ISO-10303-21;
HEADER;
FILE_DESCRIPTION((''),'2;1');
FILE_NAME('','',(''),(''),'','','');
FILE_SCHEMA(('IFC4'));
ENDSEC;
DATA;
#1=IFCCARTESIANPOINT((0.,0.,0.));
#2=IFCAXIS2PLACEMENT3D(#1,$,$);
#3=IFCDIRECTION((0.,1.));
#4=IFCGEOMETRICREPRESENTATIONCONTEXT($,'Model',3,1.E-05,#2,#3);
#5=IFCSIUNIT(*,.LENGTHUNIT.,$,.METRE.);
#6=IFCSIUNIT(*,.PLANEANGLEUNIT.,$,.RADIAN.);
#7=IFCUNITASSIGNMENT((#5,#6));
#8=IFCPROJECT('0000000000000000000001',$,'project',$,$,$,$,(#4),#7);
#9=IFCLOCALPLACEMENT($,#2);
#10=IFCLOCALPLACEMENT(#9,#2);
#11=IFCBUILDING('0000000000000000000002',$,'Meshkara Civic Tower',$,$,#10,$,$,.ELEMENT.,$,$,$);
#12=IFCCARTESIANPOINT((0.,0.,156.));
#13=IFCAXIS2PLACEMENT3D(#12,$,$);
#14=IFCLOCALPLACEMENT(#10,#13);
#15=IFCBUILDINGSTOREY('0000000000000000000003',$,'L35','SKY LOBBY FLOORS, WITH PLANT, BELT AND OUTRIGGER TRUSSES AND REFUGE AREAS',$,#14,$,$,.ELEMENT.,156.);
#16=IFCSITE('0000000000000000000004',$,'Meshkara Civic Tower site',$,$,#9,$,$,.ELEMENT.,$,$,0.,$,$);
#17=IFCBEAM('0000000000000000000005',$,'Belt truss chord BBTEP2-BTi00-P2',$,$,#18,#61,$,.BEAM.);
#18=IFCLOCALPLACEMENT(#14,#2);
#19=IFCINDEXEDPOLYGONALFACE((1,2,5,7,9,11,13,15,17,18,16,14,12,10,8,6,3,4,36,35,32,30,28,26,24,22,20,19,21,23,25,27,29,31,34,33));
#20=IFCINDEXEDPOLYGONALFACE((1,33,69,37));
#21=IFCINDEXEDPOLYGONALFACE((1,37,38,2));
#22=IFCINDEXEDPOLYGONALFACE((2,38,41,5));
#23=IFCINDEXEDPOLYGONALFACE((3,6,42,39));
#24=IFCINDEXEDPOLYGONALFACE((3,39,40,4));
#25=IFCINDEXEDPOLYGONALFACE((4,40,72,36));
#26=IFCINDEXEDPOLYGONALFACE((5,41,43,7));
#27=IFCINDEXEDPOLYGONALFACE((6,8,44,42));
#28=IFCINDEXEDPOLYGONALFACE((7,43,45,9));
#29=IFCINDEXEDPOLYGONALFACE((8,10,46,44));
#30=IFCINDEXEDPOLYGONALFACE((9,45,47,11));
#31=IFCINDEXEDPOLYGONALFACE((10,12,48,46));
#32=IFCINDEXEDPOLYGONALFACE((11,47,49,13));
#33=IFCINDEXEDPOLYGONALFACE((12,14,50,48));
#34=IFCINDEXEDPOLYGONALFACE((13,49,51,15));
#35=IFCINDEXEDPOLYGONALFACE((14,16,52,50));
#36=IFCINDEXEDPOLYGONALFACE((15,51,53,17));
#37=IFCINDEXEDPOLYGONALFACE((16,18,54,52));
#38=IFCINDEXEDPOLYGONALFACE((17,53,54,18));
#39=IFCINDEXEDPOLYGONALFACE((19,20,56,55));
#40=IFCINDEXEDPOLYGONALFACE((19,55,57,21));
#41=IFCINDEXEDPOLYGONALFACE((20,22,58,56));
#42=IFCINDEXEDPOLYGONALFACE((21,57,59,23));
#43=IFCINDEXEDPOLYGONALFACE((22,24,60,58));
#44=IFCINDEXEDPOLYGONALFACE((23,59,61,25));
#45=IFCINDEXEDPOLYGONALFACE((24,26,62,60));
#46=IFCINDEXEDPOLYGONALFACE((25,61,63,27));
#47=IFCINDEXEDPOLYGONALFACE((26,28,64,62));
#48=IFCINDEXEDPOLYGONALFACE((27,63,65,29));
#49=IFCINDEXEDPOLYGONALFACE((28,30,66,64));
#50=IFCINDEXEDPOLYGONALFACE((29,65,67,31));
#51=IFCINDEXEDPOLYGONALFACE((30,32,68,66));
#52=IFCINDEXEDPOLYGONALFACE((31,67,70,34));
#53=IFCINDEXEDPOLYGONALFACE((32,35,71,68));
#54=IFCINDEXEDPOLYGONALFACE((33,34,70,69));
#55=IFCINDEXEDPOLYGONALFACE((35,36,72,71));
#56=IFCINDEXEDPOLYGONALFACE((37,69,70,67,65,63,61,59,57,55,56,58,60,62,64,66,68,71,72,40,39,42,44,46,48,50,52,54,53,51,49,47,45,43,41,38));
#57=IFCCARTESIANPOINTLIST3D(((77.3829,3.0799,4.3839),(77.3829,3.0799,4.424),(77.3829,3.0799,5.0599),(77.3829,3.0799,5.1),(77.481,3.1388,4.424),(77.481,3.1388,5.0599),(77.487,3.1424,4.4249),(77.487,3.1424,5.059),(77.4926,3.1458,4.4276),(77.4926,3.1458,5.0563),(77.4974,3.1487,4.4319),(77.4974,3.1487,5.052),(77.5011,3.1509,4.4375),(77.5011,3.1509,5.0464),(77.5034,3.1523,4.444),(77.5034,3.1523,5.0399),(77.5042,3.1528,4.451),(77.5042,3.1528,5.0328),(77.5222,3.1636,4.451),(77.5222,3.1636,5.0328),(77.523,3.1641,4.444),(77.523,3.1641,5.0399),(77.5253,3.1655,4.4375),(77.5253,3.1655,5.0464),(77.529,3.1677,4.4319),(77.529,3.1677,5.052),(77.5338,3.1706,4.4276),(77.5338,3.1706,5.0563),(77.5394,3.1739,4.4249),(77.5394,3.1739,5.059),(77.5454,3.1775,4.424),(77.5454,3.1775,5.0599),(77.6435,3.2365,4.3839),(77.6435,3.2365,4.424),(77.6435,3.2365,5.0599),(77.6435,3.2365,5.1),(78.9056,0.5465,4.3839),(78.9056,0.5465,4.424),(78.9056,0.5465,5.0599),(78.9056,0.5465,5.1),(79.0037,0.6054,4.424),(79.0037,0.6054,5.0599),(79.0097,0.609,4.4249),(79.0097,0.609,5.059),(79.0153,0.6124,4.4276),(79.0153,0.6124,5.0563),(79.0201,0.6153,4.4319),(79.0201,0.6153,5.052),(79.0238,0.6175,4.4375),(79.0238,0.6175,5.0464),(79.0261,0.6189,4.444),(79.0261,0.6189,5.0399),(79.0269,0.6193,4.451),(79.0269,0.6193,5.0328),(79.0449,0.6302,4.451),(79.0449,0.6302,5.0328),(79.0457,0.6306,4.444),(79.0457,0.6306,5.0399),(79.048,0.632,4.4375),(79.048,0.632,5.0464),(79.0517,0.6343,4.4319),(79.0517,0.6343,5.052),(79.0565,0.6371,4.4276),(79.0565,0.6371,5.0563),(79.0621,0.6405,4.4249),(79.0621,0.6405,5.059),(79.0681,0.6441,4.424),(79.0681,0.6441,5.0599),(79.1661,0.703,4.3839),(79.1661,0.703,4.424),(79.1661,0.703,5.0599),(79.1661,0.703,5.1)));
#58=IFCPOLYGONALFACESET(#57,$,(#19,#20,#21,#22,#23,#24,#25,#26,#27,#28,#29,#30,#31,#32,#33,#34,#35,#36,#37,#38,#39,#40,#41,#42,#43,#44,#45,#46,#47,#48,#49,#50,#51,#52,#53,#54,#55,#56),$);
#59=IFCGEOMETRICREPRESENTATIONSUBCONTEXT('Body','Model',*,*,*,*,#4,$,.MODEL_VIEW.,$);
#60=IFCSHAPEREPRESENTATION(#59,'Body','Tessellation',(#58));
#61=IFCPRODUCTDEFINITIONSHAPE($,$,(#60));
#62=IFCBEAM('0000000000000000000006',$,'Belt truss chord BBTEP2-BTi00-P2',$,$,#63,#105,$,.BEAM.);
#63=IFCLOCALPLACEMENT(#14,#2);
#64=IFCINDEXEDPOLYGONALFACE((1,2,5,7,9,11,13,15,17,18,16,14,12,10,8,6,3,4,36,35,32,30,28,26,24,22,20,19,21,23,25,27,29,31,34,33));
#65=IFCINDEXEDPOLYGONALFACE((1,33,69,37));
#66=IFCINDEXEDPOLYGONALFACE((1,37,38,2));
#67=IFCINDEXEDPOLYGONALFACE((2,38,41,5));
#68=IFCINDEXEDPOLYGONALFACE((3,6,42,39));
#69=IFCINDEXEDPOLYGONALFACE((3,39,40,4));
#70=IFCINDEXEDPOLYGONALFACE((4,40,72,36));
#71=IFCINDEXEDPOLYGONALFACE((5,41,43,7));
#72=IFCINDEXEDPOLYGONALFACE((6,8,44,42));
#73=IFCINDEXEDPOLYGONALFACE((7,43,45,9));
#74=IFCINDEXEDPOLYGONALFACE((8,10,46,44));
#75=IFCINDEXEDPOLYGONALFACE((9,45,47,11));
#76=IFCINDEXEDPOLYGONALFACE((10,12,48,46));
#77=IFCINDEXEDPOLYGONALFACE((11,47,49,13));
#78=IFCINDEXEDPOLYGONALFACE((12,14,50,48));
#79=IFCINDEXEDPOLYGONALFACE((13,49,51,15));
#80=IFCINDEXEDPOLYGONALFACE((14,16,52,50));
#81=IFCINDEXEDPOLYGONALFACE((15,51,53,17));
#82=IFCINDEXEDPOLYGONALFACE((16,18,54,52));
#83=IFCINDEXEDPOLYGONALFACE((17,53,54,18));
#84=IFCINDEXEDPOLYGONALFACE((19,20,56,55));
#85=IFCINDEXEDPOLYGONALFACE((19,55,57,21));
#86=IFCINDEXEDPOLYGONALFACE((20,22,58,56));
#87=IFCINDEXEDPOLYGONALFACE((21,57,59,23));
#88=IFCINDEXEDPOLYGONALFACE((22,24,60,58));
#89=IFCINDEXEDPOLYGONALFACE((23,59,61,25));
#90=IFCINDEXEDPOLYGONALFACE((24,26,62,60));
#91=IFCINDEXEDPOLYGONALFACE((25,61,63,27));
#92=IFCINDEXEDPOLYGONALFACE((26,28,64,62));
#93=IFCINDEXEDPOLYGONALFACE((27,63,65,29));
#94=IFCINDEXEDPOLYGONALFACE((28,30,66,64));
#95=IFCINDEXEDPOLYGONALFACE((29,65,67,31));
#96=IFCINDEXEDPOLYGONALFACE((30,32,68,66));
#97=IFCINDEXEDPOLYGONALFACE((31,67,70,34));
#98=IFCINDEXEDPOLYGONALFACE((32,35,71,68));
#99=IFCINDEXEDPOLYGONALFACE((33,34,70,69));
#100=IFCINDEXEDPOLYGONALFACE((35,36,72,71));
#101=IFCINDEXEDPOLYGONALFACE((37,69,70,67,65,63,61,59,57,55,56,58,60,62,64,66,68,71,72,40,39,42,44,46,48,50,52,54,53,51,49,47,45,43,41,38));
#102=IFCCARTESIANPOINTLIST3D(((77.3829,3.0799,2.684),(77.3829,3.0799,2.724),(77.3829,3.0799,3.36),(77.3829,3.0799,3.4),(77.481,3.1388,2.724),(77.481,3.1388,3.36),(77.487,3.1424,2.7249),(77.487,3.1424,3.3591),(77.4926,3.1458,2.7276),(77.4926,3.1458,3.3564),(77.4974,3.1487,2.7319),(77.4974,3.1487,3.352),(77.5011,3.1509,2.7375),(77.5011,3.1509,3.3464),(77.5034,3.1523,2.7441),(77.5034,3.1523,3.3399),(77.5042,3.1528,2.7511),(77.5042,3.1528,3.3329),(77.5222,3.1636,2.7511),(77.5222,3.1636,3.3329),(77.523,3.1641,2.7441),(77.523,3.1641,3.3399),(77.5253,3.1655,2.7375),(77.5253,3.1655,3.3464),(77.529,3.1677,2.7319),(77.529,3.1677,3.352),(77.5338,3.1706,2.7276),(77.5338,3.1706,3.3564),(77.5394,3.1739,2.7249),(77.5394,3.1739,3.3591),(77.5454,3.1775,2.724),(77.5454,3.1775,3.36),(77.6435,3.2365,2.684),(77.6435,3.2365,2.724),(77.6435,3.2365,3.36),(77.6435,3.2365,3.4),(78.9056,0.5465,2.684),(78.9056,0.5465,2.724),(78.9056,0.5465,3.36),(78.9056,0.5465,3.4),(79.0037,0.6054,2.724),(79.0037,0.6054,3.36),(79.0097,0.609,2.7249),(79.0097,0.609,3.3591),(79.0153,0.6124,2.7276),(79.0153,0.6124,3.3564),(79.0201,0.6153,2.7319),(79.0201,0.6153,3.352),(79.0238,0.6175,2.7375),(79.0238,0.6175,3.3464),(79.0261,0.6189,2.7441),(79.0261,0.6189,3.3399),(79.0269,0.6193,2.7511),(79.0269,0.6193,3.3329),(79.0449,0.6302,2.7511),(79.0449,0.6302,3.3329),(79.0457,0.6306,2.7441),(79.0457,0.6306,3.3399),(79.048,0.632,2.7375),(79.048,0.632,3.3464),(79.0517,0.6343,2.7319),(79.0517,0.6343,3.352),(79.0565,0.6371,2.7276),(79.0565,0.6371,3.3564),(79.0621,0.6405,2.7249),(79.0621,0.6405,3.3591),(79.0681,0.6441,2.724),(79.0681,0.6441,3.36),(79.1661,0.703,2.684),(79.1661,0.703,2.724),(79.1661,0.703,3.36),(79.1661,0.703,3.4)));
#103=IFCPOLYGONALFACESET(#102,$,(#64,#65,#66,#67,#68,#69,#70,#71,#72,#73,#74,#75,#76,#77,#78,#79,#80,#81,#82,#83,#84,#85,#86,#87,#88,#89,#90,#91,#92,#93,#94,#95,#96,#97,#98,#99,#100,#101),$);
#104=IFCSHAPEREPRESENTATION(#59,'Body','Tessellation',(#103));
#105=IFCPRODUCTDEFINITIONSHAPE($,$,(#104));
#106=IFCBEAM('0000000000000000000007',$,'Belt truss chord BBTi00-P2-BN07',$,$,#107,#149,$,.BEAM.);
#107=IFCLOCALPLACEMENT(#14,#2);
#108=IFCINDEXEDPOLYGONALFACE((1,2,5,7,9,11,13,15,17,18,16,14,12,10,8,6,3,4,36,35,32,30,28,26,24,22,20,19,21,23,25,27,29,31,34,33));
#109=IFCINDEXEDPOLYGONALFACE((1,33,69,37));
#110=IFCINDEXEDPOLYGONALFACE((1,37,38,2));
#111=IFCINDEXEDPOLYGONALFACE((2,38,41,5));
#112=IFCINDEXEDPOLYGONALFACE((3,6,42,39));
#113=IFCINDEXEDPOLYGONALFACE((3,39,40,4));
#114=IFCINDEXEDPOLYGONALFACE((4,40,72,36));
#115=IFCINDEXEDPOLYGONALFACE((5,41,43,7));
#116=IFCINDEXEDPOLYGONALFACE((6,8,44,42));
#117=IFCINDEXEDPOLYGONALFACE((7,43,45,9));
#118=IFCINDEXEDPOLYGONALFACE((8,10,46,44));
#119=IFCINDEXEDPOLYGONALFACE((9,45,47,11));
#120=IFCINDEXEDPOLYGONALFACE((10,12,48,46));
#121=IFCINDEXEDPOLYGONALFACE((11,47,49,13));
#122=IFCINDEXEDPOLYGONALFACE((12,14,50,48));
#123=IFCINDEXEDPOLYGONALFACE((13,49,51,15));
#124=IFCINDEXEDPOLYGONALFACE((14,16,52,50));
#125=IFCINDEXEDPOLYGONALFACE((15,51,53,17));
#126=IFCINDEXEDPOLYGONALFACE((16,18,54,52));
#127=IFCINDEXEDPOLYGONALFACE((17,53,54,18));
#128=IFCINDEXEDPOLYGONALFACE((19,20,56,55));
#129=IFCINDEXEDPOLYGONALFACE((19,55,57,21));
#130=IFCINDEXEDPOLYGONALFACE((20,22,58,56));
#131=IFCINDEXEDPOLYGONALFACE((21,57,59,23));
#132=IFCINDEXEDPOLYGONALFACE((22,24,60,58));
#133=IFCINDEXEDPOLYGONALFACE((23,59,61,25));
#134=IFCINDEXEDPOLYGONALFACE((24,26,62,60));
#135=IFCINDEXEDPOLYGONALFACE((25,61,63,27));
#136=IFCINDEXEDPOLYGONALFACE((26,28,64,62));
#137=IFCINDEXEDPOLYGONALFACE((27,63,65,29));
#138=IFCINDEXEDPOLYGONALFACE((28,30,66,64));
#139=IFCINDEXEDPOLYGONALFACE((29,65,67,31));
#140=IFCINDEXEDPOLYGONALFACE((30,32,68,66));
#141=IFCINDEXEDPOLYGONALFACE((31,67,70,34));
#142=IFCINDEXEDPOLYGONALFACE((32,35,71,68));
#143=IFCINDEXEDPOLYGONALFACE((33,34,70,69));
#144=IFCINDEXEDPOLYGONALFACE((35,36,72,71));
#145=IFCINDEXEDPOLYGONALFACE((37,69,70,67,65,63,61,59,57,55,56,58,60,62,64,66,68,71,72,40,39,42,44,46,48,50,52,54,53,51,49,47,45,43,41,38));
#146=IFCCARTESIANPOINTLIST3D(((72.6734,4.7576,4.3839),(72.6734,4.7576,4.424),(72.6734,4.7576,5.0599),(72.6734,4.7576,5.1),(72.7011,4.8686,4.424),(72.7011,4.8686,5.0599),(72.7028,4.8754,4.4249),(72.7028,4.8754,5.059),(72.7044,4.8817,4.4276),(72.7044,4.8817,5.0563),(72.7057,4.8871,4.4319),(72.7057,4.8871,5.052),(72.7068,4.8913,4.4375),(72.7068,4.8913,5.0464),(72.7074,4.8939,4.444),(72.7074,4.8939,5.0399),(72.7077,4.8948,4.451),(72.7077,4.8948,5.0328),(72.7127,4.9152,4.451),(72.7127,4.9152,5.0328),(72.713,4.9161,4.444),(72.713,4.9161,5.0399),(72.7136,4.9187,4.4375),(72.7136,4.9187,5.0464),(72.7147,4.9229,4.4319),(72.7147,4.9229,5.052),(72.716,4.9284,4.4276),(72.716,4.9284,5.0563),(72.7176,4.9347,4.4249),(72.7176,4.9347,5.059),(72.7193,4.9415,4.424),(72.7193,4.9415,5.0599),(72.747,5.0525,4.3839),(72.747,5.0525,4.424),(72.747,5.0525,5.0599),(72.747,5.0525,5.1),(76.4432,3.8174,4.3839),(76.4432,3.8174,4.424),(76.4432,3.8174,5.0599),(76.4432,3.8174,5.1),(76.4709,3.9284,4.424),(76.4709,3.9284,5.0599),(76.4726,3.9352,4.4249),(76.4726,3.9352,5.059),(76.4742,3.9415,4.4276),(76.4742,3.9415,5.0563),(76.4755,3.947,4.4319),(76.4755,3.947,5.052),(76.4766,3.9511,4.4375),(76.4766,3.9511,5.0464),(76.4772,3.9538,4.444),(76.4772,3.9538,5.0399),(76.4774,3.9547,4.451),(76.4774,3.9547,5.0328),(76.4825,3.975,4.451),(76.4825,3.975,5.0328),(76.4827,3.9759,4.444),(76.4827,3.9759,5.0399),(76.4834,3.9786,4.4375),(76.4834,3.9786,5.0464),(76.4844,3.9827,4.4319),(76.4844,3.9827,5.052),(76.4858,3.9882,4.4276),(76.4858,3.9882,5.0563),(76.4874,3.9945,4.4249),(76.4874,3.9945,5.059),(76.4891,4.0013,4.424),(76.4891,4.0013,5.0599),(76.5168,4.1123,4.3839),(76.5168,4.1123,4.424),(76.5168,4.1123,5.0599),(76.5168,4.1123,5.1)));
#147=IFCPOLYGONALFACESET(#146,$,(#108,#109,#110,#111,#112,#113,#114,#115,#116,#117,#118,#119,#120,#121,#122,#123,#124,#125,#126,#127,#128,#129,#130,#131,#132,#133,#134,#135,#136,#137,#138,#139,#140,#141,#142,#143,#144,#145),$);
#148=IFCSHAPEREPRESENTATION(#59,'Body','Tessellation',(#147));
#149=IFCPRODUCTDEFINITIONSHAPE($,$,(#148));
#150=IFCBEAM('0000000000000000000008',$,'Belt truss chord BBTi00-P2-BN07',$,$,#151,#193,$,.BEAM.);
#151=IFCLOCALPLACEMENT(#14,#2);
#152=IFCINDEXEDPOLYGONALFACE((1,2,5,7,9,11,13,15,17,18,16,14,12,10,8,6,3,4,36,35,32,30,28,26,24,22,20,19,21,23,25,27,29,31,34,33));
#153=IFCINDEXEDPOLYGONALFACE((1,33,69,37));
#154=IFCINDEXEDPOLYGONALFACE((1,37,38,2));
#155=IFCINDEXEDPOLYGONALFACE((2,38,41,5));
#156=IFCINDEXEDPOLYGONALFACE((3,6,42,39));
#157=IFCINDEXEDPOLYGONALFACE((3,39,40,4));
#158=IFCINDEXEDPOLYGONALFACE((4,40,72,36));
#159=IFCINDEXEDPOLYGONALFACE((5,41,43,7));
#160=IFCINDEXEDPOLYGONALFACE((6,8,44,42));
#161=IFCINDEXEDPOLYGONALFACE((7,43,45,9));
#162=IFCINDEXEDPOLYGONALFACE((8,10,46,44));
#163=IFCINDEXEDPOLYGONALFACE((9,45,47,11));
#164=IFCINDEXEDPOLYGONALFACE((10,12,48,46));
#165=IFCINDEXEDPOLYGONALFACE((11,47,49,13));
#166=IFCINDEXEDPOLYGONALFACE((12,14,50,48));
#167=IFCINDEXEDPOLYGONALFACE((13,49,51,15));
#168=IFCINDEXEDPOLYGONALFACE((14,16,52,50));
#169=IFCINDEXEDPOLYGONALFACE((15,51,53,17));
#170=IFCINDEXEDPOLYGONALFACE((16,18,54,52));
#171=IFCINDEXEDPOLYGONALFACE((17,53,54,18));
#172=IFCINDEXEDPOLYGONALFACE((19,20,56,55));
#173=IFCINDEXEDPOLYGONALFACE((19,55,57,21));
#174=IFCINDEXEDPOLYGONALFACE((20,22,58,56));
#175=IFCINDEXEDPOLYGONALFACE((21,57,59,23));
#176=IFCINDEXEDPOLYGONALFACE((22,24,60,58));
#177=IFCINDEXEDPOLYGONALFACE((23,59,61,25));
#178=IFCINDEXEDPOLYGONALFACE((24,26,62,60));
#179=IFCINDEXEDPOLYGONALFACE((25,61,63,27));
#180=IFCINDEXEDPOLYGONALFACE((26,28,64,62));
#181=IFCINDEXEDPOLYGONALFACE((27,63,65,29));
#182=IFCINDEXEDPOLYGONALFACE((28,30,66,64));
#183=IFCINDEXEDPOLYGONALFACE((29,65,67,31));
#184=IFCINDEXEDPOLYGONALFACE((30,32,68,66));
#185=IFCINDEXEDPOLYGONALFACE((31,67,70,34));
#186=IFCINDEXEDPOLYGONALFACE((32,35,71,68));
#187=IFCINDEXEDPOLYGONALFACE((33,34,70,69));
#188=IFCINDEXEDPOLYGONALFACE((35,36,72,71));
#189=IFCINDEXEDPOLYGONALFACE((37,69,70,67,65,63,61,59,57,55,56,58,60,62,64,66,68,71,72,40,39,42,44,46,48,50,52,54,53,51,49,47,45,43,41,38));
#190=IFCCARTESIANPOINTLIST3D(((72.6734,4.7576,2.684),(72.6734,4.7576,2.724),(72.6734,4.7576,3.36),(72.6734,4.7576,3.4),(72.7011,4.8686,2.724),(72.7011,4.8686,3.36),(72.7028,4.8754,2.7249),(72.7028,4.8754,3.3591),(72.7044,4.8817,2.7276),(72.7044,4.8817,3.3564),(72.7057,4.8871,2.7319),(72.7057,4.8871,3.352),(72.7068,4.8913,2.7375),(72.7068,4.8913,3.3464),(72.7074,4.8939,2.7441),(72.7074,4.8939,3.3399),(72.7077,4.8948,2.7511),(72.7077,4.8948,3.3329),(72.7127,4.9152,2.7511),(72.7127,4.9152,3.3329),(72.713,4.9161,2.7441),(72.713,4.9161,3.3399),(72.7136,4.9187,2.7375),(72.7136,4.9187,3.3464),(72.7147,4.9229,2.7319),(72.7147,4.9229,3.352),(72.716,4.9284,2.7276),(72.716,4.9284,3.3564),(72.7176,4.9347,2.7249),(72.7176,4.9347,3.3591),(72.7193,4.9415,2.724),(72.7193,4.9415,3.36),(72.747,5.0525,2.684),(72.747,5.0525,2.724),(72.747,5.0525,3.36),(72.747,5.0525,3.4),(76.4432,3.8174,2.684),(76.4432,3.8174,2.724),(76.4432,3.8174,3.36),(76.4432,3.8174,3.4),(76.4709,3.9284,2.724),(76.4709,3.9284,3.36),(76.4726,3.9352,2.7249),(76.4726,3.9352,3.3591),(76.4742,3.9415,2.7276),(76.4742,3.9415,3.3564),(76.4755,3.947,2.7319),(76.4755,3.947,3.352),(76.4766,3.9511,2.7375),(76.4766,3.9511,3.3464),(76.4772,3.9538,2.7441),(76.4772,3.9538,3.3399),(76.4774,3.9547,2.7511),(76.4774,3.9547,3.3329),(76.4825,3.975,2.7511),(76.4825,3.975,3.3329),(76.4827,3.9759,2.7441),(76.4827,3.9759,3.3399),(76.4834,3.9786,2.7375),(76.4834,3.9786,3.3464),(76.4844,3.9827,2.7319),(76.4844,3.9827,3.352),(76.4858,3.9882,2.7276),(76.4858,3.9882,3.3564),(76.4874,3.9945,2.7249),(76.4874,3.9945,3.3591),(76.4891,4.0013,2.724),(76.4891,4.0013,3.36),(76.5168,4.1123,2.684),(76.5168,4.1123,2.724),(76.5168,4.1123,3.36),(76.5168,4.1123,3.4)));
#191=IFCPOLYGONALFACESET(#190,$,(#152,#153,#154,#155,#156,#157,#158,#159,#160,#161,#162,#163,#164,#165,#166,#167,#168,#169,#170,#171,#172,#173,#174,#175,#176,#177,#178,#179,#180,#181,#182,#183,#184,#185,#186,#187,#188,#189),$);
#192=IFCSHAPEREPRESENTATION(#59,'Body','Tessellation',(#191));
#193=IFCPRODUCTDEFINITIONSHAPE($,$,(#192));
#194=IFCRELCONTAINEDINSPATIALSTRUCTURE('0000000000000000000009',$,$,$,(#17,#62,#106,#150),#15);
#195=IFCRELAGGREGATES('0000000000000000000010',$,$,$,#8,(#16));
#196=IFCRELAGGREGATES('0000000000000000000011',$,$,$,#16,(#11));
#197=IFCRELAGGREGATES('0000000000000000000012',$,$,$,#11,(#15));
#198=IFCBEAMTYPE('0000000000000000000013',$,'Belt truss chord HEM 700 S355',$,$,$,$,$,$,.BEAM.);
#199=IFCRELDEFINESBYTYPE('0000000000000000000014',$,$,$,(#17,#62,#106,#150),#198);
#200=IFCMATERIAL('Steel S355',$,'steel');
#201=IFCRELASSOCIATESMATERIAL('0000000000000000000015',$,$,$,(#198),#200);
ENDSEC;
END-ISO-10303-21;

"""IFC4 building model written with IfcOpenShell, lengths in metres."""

from ifc_helpers import new_model, si_unit, direction, frame, origin, origin_2d, place, context, subcontext, project, spatial, i_section, extrude, material, material_profile, profile_set, type_object, element, save


model = new_model("IFC4")

# Units and contexts
model_context = context("Model", 3, precision=1e-05, world=origin(), true_north=direction((0.0, 1.0)))
body_context = subcontext(model_context, "Body", "Model", "MODEL_VIEW")
ifc_project = project(units=[si_unit("LENGTHUNIT", "METRE"), si_unit("PLANEANGLEUNIT", "RADIAN")], contexts=[model_context])

# Site, building, storey
site_placement = place(None, origin())
site = spatial("IfcSite", under=ifc_project, at=site_placement, Name="Meshkara Civic Tower site", CompositionType="ELEMENT", RefElevation=0.0)
building_placement = place(site_placement, origin())
building = spatial("IfcBuilding", under=site, at=building_placement, Name="Meshkara Civic Tower", CompositionType="ELEMENT")
storey_placement = place(building_placement, frame((0.0, 0.0, 156.0)))
storey = spatial("IfcBuildingStorey", under=building, at=storey_placement, Name="L35", Description="SKY LOBBY FLOORS, WITH PLANT, BELT AND OUTRIGGER TRUSSES AND REFUGE AREAS", CompositionType="ELEMENT", Elevation=156.0)

# Beams
ifc_material_1 = material(Name="Steel S355", Category="steel")
ifc_material_profile_1 = material_profile(ifc_material_1, i_section(OverallWidth=0.304, OverallDepth=0.7161, WebThickness=0.021, FlangeThickness=0.04, FilletRadius=0.0271, at=origin_2d()))
ifc_profile_set_1 = profile_set([ifc_material_profile_1], Name="Steel S355")
beam_type = type_object("IfcBeamType", Name="Belt truss chord HEM 700 S355", PredefinedType="BEAM", material=ifc_profile_set_1)
for number, where, z_axis, x_axis, name in (
    (1, (79.0359, 0.6248, 4.7419), (-0.515152, 0.857099, 0.0), (-0.857099, -0.515152, 0.0), "Belt truss chord BBTEP2-BTi00-P2"),
    (2, (79.0359, 0.6248, 3.042), (-0.515152, 0.857099, 0.0), (-0.857099, -0.515152, 0.0), "Belt truss chord BBTEP2-BTi00-P2"),
):
    element("IfcBeam", number, at=place(storey_placement, frame(where, z_axis=z_axis, x_axis=x_axis)), inside=storey, type_object=beam_type, Name=name, PredefinedType="BEAM", context=body_context, shape_type="SweptSolid", body=[
        extrude(i_section(OverallWidth=0.304, OverallDepth=0.7161, WebThickness=0.021, FlangeThickness=0.04, FilletRadius=0.0271, at=origin_2d()), origin(), (0.0, 0.0, 1.0), 2.9558),
    ])
for number, where, z_axis, x_axis, name in (
    (3, (76.48, 3.9648, 4.7419), (-0.970279, 0.241989, 0.0), (-0.241989, -0.970279, 0.0), "Belt truss chord BBTi00-P2-BN07"),
    (4, (76.48, 3.9648, 3.042), (-0.970279, 0.241989, 0.0), (-0.241989, -0.970279, 0.0), "Belt truss chord BBTi00-P2-BN07"),
):
    element("IfcBeam", number, at=place(storey_placement, frame(where, z_axis=z_axis, x_axis=x_axis)), inside=storey, type_object=beam_type, Name=name, PredefinedType="BEAM", context=body_context, shape_type="SweptSolid", body=[
        extrude(i_section(OverallWidth=0.304, OverallDepth=0.7161, WebThickness=0.021, FlangeThickness=0.04, FilletRadius=0.0271, at=origin_2d()), origin(), (0.0, 0.0, 1.0), 3.8853),
    ])

save(model, "model.ifc")
